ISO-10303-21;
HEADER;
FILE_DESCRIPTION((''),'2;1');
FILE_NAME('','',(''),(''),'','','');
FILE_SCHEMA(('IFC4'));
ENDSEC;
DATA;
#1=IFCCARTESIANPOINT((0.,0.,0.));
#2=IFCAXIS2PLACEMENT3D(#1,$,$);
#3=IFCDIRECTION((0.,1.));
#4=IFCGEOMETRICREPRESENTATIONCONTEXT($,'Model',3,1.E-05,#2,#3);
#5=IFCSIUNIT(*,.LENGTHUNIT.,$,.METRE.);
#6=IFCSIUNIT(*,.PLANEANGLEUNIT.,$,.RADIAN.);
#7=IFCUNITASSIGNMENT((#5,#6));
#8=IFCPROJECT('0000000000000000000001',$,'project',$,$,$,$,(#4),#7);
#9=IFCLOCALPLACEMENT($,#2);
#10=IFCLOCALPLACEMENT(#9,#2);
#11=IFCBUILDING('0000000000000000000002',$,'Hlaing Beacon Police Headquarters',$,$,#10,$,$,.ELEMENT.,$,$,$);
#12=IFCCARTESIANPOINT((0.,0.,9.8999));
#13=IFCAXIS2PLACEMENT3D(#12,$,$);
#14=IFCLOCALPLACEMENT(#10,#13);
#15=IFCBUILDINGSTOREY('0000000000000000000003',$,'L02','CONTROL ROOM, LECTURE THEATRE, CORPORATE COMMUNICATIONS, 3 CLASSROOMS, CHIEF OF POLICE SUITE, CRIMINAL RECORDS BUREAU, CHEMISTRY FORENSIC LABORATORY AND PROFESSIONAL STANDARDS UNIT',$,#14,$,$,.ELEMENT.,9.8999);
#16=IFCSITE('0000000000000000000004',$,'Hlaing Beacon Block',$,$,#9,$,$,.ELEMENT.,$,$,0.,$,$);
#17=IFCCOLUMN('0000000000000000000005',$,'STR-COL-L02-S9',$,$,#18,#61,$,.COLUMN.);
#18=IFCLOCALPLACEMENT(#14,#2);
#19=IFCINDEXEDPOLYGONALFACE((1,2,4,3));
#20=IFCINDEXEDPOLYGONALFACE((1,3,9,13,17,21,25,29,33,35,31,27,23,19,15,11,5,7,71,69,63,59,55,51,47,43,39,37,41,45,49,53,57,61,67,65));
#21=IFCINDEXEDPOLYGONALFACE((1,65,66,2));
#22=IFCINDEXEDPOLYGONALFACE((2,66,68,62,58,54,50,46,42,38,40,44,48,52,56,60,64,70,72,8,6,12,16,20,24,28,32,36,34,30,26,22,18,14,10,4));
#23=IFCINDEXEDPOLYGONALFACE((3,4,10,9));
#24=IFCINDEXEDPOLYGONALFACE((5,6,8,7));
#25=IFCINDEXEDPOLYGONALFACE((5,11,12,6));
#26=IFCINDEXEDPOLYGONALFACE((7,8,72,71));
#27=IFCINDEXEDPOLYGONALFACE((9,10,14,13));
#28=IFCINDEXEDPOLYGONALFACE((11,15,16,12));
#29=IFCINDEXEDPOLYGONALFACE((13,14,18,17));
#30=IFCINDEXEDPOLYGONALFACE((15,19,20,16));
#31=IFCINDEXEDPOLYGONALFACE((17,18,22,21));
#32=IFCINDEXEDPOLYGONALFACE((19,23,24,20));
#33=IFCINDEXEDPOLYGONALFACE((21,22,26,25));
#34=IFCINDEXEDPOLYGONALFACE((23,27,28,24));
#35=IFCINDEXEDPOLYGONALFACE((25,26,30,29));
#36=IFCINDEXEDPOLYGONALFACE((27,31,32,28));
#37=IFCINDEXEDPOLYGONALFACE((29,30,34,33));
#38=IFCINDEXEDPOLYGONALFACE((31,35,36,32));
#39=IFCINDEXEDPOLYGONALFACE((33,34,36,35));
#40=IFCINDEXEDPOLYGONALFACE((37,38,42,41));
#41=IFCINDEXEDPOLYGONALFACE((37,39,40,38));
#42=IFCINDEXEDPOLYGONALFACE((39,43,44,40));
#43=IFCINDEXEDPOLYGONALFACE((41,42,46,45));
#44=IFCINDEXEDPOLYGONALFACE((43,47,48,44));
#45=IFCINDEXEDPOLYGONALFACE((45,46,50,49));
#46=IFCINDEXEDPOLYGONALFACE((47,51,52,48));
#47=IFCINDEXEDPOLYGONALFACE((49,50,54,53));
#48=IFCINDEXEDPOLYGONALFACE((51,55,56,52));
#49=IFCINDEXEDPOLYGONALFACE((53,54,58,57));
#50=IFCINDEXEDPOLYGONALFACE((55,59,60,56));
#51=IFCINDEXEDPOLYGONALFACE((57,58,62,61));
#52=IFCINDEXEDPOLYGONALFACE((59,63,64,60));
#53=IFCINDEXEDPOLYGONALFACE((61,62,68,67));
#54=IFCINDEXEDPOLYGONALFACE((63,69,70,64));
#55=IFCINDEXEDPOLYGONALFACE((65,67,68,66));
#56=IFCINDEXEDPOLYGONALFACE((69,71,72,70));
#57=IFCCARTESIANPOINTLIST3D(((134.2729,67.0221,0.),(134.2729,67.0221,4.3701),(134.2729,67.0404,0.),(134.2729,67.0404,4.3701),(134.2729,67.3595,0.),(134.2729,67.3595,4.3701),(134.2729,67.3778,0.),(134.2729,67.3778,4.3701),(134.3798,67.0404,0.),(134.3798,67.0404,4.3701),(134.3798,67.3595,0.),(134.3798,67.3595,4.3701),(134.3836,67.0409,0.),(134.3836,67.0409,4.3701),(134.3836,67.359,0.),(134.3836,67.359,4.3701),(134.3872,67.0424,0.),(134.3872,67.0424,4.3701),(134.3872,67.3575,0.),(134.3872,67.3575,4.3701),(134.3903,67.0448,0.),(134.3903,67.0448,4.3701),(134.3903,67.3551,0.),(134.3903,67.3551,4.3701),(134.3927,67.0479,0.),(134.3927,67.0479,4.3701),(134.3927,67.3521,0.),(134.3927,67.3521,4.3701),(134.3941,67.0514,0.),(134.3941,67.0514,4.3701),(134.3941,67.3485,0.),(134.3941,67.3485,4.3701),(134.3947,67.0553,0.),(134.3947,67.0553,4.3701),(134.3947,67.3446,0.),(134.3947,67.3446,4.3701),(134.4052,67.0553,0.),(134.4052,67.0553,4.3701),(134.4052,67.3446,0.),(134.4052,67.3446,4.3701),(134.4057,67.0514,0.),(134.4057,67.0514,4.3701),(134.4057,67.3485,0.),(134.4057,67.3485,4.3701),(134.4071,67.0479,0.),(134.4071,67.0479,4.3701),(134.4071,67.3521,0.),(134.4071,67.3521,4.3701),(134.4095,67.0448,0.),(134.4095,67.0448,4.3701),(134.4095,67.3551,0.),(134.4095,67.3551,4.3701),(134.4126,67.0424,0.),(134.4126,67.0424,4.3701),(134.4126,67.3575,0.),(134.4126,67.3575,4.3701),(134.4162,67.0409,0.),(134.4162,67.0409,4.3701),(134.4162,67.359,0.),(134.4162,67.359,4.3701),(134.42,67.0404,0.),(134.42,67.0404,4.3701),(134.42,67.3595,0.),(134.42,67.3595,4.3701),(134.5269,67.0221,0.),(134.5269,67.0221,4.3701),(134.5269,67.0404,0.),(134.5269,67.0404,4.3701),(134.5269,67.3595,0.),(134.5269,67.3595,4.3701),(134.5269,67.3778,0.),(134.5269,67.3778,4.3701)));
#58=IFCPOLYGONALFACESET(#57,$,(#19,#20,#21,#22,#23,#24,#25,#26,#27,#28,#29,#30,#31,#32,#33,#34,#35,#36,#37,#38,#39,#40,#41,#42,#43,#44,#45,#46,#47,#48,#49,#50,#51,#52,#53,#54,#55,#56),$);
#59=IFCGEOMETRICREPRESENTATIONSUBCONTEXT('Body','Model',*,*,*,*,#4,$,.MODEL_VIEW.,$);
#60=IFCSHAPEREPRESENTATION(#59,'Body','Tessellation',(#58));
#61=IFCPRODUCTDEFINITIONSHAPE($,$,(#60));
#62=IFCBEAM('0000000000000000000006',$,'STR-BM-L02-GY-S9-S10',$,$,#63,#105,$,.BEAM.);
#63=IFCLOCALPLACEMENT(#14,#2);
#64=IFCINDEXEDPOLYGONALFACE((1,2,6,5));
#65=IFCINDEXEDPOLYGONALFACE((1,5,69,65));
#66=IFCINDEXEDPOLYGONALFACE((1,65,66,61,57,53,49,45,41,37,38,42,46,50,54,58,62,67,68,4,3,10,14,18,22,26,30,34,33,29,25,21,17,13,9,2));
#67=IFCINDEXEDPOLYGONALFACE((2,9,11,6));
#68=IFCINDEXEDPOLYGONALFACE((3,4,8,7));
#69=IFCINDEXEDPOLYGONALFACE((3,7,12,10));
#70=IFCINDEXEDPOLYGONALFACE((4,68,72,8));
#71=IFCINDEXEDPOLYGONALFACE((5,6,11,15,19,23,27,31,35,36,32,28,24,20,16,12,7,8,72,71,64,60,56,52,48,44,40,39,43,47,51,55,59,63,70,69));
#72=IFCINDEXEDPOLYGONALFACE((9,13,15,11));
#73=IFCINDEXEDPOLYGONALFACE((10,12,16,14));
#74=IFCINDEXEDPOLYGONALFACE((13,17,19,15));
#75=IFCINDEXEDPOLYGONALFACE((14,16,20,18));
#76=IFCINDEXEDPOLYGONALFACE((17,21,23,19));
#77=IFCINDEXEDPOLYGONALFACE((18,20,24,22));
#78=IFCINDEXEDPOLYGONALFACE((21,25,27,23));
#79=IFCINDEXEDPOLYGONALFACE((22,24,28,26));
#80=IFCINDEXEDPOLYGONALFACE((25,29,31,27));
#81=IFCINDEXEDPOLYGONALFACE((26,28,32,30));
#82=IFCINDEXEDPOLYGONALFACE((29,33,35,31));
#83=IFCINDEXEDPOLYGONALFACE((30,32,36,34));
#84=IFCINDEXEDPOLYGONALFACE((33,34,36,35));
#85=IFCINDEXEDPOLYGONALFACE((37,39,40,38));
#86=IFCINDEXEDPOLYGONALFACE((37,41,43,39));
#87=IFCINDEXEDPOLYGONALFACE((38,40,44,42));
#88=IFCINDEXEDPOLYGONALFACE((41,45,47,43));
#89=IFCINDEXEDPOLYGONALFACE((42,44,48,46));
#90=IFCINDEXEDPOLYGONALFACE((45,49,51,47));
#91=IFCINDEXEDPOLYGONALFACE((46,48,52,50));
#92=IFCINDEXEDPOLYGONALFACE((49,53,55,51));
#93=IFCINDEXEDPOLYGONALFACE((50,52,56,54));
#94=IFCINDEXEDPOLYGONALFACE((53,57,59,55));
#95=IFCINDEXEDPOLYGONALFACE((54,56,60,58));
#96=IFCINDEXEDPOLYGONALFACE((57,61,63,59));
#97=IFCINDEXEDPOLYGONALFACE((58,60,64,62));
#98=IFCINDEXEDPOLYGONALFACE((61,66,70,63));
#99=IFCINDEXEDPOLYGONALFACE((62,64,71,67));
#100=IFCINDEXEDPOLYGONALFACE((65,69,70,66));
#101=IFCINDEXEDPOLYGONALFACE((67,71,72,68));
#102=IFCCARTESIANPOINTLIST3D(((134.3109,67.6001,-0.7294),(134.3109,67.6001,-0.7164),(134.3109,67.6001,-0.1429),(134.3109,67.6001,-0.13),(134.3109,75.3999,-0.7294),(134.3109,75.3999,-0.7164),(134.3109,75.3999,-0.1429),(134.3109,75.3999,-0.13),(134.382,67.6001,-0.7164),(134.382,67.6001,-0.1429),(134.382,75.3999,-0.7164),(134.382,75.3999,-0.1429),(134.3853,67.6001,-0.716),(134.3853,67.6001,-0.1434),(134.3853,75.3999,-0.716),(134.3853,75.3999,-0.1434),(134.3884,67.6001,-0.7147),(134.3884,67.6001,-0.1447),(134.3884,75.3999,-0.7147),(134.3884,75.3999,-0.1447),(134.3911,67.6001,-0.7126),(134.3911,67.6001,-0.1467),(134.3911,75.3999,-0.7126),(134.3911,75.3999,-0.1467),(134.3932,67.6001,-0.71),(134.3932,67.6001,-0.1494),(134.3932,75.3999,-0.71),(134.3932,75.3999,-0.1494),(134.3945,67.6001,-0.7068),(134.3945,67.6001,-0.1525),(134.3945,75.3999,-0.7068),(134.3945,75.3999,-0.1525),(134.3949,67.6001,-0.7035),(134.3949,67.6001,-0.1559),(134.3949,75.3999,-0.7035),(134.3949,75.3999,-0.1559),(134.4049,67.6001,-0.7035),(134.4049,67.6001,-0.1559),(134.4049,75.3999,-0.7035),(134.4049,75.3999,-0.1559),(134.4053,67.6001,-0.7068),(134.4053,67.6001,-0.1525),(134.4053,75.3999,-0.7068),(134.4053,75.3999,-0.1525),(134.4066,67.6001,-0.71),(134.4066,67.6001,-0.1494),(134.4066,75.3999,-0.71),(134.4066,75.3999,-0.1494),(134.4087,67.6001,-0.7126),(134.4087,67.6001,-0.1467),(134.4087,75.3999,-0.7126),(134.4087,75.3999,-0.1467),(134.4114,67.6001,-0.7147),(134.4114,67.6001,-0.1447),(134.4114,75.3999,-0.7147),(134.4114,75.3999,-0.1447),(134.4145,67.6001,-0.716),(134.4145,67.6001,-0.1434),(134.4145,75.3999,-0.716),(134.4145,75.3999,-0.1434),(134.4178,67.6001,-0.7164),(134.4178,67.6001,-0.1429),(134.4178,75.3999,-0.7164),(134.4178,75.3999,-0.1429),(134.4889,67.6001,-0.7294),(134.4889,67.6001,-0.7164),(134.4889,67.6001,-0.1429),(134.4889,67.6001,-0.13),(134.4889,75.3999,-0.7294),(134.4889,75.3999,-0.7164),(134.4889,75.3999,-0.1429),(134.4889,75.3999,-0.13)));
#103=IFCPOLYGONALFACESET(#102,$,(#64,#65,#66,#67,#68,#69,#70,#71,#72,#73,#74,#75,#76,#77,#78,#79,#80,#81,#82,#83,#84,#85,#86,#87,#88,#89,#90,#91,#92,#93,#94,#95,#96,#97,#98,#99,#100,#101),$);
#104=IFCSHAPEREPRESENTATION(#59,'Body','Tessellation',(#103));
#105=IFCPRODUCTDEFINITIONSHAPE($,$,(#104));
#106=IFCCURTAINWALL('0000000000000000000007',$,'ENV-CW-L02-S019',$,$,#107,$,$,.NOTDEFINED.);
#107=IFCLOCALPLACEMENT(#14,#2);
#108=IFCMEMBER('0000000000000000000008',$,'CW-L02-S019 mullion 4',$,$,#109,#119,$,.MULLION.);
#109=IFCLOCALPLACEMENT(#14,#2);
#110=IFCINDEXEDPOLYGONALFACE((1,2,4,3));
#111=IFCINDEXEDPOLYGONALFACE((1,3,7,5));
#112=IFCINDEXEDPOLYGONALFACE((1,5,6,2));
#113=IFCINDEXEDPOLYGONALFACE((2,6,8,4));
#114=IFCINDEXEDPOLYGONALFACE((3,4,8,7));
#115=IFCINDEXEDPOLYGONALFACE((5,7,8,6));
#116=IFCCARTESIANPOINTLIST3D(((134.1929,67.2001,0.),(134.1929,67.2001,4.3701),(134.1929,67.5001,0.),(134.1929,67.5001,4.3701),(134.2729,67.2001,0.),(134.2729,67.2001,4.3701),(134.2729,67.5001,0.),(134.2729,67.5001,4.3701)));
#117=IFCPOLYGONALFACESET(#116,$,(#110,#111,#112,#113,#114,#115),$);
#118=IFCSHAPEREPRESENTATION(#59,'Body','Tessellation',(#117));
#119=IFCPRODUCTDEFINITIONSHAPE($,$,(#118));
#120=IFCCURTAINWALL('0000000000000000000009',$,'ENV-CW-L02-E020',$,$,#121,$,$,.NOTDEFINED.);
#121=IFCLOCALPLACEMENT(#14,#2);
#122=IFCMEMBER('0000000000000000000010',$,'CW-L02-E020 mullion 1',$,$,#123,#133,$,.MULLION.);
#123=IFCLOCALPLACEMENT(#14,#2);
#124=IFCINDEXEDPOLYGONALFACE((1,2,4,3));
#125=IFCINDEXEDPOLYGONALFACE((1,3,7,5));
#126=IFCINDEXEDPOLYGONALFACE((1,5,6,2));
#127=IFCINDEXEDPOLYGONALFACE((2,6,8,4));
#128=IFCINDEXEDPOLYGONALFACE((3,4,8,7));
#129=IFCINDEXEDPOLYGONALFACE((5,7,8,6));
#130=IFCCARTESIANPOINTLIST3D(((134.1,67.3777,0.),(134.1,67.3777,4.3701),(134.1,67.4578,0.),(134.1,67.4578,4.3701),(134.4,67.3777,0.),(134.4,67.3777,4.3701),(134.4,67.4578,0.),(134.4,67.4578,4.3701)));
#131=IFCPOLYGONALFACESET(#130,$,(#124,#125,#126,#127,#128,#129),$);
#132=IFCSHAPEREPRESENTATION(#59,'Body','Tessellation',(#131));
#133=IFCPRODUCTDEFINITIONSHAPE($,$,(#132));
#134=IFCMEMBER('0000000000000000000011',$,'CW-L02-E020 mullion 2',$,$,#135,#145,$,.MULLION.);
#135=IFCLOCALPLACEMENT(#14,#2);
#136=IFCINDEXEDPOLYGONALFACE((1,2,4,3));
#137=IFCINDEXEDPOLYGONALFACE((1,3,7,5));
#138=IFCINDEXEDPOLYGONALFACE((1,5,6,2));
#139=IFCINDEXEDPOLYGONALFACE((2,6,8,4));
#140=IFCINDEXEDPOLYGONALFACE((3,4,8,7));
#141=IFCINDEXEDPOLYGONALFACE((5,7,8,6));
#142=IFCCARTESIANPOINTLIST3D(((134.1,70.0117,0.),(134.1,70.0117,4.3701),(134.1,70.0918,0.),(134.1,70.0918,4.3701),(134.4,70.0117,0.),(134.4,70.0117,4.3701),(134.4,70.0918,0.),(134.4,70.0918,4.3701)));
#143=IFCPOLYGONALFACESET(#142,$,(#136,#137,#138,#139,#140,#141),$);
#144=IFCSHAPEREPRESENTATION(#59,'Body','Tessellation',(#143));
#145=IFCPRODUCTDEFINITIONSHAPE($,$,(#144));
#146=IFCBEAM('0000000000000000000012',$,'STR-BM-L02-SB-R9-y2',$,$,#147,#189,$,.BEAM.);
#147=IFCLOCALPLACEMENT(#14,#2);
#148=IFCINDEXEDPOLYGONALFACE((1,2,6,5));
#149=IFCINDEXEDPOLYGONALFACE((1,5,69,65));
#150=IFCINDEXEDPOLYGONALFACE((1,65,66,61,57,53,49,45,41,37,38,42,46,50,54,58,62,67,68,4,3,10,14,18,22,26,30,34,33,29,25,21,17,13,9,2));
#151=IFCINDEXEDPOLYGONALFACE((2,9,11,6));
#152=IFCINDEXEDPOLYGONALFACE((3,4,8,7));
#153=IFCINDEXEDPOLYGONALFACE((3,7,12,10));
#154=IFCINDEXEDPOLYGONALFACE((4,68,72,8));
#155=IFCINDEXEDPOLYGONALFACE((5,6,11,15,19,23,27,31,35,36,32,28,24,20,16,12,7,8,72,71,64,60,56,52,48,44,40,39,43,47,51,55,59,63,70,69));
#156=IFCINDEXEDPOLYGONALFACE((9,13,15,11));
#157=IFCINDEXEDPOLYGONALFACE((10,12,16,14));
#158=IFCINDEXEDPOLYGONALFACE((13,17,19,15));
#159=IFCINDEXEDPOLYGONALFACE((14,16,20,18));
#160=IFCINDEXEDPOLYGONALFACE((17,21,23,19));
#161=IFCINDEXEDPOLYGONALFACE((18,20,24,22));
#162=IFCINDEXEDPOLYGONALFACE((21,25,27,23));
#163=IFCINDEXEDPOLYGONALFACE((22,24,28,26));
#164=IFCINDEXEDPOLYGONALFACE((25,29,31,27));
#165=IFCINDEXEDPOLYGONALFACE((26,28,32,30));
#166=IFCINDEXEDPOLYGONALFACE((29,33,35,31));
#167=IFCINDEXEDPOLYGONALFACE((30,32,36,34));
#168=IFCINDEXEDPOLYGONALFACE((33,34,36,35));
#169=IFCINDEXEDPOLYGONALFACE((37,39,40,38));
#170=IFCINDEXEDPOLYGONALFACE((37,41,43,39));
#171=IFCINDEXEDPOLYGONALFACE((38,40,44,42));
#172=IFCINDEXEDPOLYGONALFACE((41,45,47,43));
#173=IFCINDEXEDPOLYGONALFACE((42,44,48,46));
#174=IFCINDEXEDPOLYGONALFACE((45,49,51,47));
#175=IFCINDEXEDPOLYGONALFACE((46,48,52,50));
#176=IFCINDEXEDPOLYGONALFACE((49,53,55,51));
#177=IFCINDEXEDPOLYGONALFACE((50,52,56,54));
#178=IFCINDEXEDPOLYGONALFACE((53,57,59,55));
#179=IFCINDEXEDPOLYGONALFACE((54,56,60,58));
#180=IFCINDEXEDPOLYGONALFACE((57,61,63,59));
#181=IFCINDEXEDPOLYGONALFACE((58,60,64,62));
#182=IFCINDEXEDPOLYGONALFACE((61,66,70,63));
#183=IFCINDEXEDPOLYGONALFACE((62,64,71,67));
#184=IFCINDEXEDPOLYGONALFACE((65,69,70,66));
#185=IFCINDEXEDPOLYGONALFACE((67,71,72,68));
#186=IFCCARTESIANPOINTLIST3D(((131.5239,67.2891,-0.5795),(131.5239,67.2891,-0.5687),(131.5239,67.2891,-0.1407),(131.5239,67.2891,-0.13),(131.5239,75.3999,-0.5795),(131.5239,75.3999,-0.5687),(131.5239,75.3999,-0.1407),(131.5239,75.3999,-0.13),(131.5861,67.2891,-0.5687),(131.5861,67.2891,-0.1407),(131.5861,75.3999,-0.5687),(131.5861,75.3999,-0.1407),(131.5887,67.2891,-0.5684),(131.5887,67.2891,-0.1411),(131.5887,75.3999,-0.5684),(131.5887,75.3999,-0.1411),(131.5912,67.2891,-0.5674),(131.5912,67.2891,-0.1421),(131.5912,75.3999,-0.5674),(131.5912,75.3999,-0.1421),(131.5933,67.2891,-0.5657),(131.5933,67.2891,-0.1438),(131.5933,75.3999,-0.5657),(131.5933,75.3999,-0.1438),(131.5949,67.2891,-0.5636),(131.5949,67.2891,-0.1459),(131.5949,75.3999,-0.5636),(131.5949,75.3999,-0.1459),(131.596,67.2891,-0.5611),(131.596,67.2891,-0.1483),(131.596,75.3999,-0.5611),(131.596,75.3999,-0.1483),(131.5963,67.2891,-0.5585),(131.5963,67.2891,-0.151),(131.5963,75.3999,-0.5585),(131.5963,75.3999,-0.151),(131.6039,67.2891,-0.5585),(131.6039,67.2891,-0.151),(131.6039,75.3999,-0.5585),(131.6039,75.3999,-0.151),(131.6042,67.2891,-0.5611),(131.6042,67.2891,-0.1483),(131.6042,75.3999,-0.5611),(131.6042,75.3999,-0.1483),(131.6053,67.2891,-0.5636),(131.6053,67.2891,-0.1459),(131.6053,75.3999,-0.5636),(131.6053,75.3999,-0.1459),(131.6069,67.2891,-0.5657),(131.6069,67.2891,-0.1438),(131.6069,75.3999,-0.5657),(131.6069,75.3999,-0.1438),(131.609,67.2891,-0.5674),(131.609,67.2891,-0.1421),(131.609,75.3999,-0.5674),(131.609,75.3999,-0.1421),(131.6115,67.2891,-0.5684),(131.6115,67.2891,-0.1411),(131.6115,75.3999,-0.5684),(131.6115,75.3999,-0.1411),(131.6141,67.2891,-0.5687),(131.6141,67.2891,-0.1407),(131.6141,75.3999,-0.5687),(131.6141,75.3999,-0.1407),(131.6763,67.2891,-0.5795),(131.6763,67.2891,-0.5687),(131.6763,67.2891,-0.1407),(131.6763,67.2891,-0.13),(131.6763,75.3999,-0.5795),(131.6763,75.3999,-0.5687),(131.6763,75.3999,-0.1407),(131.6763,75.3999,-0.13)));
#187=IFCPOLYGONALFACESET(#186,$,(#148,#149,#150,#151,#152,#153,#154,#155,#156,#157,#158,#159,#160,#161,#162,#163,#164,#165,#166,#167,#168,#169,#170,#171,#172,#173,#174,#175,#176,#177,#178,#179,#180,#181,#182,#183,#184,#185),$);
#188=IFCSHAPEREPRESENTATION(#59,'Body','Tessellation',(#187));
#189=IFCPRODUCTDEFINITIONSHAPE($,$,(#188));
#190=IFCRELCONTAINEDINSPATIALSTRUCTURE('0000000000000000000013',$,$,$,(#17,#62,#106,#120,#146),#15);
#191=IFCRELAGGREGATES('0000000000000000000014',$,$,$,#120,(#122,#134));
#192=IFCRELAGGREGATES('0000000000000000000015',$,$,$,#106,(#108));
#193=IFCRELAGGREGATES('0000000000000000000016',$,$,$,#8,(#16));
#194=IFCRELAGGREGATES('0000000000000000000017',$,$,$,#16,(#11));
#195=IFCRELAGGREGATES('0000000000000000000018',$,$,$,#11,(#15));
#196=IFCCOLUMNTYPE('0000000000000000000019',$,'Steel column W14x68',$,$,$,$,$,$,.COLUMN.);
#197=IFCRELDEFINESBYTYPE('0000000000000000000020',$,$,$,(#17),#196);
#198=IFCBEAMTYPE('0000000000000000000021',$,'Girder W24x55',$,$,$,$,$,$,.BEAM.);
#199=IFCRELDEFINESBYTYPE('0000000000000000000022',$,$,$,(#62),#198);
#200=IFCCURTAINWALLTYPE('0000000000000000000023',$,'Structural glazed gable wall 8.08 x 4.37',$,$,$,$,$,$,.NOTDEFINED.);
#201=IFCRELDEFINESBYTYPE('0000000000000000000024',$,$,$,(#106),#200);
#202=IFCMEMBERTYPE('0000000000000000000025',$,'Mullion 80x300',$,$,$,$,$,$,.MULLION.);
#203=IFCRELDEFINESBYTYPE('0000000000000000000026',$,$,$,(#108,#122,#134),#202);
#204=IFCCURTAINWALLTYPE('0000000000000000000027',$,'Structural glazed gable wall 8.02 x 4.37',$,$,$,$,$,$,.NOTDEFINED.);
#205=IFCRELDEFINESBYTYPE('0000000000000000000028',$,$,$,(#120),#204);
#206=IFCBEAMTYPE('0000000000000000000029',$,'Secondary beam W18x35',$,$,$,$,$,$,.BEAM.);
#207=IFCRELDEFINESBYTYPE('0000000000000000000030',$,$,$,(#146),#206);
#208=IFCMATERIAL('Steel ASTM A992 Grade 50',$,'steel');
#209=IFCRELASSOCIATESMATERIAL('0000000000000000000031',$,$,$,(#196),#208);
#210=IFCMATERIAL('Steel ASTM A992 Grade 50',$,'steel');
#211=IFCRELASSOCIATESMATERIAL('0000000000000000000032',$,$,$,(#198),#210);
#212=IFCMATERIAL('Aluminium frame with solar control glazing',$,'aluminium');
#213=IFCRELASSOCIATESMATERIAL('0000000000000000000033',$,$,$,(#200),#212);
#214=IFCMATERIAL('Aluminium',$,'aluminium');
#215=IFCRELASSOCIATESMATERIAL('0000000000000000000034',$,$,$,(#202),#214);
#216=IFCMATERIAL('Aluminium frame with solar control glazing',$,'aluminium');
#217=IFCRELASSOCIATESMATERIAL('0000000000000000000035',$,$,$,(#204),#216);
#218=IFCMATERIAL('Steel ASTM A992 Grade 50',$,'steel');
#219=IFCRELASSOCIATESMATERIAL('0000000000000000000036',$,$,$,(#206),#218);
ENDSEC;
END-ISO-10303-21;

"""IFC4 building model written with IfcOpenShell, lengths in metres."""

from ifc_helpers import new_model, si_unit, direction, frame, origin, origin_2d, place, context, subcontext, project, spatial, rectangle, i_section, extrude, material, material_profile, profile_set, type_object, element, aggregate, save


model = new_model("IFC4")

# Units and contexts
model_context = context("Model", 3, precision=1e-05, world=origin(), true_north=direction((0.0, 1.0)))
body_context = subcontext(model_context, "Body", "Model", "MODEL_VIEW")
ifc_project = project(units=[si_unit("LENGTHUNIT", "METRE"), si_unit("PLANEANGLEUNIT", "RADIAN")], contexts=[model_context])

# Site, building, storey
site_placement = place(None, origin())
site = spatial("IfcSite", under=ifc_project, at=site_placement, Name="Hlaing Beacon Block", CompositionType="ELEMENT", RefElevation=0.0)
building_placement = place(site_placement, origin())
building = spatial("IfcBuilding", under=site, at=building_placement, Name="Hlaing Beacon Police Headquarters", CompositionType="ELEMENT")
storey_placement = place(building_placement, frame((0.0, 0.0, 9.8999)))
storey = spatial("IfcBuildingStorey", under=building, at=storey_placement, Name="L02", Description="CONTROL ROOM, LECTURE THEATRE, CORPORATE COMMUNICATIONS, 3 CLASSROOMS, CHIEF OF POLICE SUITE, CRIMINAL RECORDS BUREAU, CHEMISTRY FORENSIC LABORATORY AND PROFESSIONAL STANDARDS UNIT", CompositionType="ELEMENT", Elevation=9.8999)

# Column
ifc_material_1 = material(Name="Steel ASTM A992 Grade 50", Category="steel")
ifc_material_profile_1 = material_profile(ifc_material_1, i_section(OverallWidth=0.2539, OverallDepth=0.3557, WebThickness=0.0105, FlangeThickness=0.0183, FilletRadius=0.0149, at=origin_2d()), Name="W14x68")
ifc_profile_set_1 = profile_set([ifc_material_profile_1], Name="Steel ASTM A992 Grade 50")
column_type = type_object("IfcColumnType", Name="Steel column W14x68", PredefinedType="COLUMN", material=ifc_profile_set_1)
column_placement = place(storey_placement, frame((134.3999, 67.2, 0.0), z_axis=(0.0, 0.0, 1.0), x_axis=(1.0, 0.0, 0.0)))
element("IfcColumn", 1, at=column_placement, inside=storey, type_object=column_type, Name="STR-COL-L02-S9", PredefinedType="COLUMN", context=body_context, shape_type="SweptSolid", body=[
    extrude(i_section(OverallWidth=0.2539, OverallDepth=0.3557, WebThickness=0.0105, FlangeThickness=0.0183, FilletRadius=0.0149, at=origin_2d()), origin(), (0.0, 0.0, 1.0), 4.3701),
])

# Beam
ifc_material_2 = material(Name="Steel ASTM A992 Grade 50", Category="steel")
ifc_material_profile_2 = material_profile(ifc_material_2, i_section(OverallWidth=0.178, OverallDepth=0.5994, WebThickness=0.01, FlangeThickness=0.0129, FilletRadius=0.0129, at=origin_2d()), Name="W24x55")
ifc_profile_set_2 = profile_set([ifc_material_profile_2], Name="Steel ASTM A992 Grade 50")
beam_type_1 = type_object("IfcBeamType", Name="Girder W24x55", PredefinedType="BEAM", material=ifc_profile_set_2)
beam_1_placement = place(storey_placement, frame((134.3999, 67.6001, -0.4297), z_axis=(0.0, 1.0, 0.0), x_axis=(-1.0, 0.0, 0.0)))
element("IfcBeam", 2, at=beam_1_placement, inside=storey, type_object=beam_type_1, Name="STR-BM-L02-GY-S9-S10", PredefinedType="BEAM", context=body_context, shape_type="SweptSolid", body=[
    extrude(i_section(OverallWidth=0.178, OverallDepth=0.5994, WebThickness=0.01, FlangeThickness=0.0129, FilletRadius=0.0129, at=origin_2d()), origin(), (0.0, 0.0, 1.0), 7.7998),
])

# Curtain wall, member
ifc_material_3 = material(Name="Aluminium frame with solar control glazing", Category="aluminium")
curtain_wall_type_1 = type_object("IfcCurtainWallType", Name="Structural glazed gable wall 8.08 x 4.37", PredefinedType="NOTDEFINED", material=ifc_material_3)
curtain_wall_1_placement = place(storey_placement, origin())
curtain_wall_1 = element("IfcCurtainWall", 3, at=curtain_wall_1_placement, inside=storey, type_object=curtain_wall_type_1, Name="ENV-CW-L02-S019", PredefinedType="NOTDEFINED")
ifc_material_4 = material(Name="Aluminium", Category="aluminium")
ifc_material_profile_3 = material_profile(ifc_material_4, rectangle(XDim=0.3, YDim=0.0801, at=origin_2d()), Name="Mullion 80x300")
ifc_profile_set_3 = profile_set([ifc_material_profile_3], Name="Aluminium")
member_type_1 = type_object("IfcMemberType", Name="Mullion 80x300", PredefinedType="MULLION", material=ifc_profile_set_3)
member_1_placement = place(storey_placement, frame((134.2329, 67.3501, 0.0), z_axis=(0.0, 0.0, 1.0), x_axis=(0.0, 1.0, 0.0)))
member_1 = element("IfcMember", 4, at=member_1_placement, type_object=member_type_1, Name="CW-L02-S019 mullion 4", PredefinedType="MULLION", context=body_context, shape_type="SweptSolid", body=[
    extrude(rectangle(XDim=0.3, YDim=0.0801, at=origin_2d()), origin(), (0.0, 0.0, 1.0), 4.3701),
])

# Curtain wall, members
ifc_material_5 = material(Name="Aluminium frame with solar control glazing", Category="aluminium")
curtain_wall_type_2 = type_object("IfcCurtainWallType", Name="Structural glazed gable wall 8.02 x 4.37", PredefinedType="NOTDEFINED", material=ifc_material_5)
curtain_wall_2_placement = place(storey_placement, origin())
curtain_wall_2 = element("IfcCurtainWall", 5, at=curtain_wall_2_placement, inside=storey, type_object=curtain_wall_type_2, Name="ENV-CW-L02-E020", PredefinedType="NOTDEFINED")
member_2_placement = place(storey_placement, frame((134.25, 67.4177, 0.0), z_axis=(0.0, 0.0, 1.0), x_axis=(-1.0, 0.0, 0.0)))
member_2 = element("IfcMember", 6, at=member_2_placement, type_object=member_type_1, Name="CW-L02-E020 mullion 1", PredefinedType="MULLION", context=body_context, shape_type="SweptSolid", body=[
    extrude(rectangle(XDim=0.3, YDim=0.0801, at=origin_2d()), origin(), (0.0, 0.0, 1.0), 4.3701),
])
member_3_placement = place(storey_placement, frame((134.25, 70.0518, 0.0), z_axis=(0.0, 0.0, 1.0), x_axis=(-1.0, 0.0, 0.0)))
member_3 = element("IfcMember", 7, at=member_3_placement, type_object=member_type_1, Name="CW-L02-E020 mullion 2", PredefinedType="MULLION", context=body_context, shape_type="SweptSolid", body=[
    extrude(rectangle(XDim=0.3, YDim=0.0801, at=origin_2d()), origin(), (0.0, 0.0, 1.0), 4.3701),
])

# Beam
ifc_material_6 = material(Name="Steel ASTM A992 Grade 50", Category="steel")
ifc_material_profile_4 = material_profile(ifc_material_6, i_section(OverallWidth=0.1523, OverallDepth=0.4495, WebThickness=0.0076, FlangeThickness=0.0107, FilletRadius=0.0103, at=origin_2d()), Name="W18x35")
ifc_profile_set_4 = profile_set([ifc_material_profile_4], Name="Steel ASTM A992 Grade 50")
beam_type_2 = type_object("IfcBeamType", Name="Secondary beam W18x35", PredefinedType="BEAM", material=ifc_profile_set_4)
beam_2_placement = place(storey_placement, frame((131.6001, 67.2891, -0.3547), z_axis=(0.0, 1.0, 0.0), x_axis=(-1.0, 0.0, 0.0)))
element("IfcBeam", 8, at=beam_2_placement, inside=storey, type_object=beam_type_2, Name="STR-BM-L02-SB-R9-y2", PredefinedType="BEAM", context=body_context, shape_type="SweptSolid", body=[
    extrude(i_section(OverallWidth=0.1523, OverallDepth=0.4495, WebThickness=0.0076, FlangeThickness=0.0107, FilletRadius=0.0103, at=origin_2d()), origin(), (0.0, 0.0, 1.0), 8.1108),
])

aggregate(curtain_wall_2, [member_2, member_3])
aggregate(curtain_wall_1, [member_1])

save(model, "model.ifc")
